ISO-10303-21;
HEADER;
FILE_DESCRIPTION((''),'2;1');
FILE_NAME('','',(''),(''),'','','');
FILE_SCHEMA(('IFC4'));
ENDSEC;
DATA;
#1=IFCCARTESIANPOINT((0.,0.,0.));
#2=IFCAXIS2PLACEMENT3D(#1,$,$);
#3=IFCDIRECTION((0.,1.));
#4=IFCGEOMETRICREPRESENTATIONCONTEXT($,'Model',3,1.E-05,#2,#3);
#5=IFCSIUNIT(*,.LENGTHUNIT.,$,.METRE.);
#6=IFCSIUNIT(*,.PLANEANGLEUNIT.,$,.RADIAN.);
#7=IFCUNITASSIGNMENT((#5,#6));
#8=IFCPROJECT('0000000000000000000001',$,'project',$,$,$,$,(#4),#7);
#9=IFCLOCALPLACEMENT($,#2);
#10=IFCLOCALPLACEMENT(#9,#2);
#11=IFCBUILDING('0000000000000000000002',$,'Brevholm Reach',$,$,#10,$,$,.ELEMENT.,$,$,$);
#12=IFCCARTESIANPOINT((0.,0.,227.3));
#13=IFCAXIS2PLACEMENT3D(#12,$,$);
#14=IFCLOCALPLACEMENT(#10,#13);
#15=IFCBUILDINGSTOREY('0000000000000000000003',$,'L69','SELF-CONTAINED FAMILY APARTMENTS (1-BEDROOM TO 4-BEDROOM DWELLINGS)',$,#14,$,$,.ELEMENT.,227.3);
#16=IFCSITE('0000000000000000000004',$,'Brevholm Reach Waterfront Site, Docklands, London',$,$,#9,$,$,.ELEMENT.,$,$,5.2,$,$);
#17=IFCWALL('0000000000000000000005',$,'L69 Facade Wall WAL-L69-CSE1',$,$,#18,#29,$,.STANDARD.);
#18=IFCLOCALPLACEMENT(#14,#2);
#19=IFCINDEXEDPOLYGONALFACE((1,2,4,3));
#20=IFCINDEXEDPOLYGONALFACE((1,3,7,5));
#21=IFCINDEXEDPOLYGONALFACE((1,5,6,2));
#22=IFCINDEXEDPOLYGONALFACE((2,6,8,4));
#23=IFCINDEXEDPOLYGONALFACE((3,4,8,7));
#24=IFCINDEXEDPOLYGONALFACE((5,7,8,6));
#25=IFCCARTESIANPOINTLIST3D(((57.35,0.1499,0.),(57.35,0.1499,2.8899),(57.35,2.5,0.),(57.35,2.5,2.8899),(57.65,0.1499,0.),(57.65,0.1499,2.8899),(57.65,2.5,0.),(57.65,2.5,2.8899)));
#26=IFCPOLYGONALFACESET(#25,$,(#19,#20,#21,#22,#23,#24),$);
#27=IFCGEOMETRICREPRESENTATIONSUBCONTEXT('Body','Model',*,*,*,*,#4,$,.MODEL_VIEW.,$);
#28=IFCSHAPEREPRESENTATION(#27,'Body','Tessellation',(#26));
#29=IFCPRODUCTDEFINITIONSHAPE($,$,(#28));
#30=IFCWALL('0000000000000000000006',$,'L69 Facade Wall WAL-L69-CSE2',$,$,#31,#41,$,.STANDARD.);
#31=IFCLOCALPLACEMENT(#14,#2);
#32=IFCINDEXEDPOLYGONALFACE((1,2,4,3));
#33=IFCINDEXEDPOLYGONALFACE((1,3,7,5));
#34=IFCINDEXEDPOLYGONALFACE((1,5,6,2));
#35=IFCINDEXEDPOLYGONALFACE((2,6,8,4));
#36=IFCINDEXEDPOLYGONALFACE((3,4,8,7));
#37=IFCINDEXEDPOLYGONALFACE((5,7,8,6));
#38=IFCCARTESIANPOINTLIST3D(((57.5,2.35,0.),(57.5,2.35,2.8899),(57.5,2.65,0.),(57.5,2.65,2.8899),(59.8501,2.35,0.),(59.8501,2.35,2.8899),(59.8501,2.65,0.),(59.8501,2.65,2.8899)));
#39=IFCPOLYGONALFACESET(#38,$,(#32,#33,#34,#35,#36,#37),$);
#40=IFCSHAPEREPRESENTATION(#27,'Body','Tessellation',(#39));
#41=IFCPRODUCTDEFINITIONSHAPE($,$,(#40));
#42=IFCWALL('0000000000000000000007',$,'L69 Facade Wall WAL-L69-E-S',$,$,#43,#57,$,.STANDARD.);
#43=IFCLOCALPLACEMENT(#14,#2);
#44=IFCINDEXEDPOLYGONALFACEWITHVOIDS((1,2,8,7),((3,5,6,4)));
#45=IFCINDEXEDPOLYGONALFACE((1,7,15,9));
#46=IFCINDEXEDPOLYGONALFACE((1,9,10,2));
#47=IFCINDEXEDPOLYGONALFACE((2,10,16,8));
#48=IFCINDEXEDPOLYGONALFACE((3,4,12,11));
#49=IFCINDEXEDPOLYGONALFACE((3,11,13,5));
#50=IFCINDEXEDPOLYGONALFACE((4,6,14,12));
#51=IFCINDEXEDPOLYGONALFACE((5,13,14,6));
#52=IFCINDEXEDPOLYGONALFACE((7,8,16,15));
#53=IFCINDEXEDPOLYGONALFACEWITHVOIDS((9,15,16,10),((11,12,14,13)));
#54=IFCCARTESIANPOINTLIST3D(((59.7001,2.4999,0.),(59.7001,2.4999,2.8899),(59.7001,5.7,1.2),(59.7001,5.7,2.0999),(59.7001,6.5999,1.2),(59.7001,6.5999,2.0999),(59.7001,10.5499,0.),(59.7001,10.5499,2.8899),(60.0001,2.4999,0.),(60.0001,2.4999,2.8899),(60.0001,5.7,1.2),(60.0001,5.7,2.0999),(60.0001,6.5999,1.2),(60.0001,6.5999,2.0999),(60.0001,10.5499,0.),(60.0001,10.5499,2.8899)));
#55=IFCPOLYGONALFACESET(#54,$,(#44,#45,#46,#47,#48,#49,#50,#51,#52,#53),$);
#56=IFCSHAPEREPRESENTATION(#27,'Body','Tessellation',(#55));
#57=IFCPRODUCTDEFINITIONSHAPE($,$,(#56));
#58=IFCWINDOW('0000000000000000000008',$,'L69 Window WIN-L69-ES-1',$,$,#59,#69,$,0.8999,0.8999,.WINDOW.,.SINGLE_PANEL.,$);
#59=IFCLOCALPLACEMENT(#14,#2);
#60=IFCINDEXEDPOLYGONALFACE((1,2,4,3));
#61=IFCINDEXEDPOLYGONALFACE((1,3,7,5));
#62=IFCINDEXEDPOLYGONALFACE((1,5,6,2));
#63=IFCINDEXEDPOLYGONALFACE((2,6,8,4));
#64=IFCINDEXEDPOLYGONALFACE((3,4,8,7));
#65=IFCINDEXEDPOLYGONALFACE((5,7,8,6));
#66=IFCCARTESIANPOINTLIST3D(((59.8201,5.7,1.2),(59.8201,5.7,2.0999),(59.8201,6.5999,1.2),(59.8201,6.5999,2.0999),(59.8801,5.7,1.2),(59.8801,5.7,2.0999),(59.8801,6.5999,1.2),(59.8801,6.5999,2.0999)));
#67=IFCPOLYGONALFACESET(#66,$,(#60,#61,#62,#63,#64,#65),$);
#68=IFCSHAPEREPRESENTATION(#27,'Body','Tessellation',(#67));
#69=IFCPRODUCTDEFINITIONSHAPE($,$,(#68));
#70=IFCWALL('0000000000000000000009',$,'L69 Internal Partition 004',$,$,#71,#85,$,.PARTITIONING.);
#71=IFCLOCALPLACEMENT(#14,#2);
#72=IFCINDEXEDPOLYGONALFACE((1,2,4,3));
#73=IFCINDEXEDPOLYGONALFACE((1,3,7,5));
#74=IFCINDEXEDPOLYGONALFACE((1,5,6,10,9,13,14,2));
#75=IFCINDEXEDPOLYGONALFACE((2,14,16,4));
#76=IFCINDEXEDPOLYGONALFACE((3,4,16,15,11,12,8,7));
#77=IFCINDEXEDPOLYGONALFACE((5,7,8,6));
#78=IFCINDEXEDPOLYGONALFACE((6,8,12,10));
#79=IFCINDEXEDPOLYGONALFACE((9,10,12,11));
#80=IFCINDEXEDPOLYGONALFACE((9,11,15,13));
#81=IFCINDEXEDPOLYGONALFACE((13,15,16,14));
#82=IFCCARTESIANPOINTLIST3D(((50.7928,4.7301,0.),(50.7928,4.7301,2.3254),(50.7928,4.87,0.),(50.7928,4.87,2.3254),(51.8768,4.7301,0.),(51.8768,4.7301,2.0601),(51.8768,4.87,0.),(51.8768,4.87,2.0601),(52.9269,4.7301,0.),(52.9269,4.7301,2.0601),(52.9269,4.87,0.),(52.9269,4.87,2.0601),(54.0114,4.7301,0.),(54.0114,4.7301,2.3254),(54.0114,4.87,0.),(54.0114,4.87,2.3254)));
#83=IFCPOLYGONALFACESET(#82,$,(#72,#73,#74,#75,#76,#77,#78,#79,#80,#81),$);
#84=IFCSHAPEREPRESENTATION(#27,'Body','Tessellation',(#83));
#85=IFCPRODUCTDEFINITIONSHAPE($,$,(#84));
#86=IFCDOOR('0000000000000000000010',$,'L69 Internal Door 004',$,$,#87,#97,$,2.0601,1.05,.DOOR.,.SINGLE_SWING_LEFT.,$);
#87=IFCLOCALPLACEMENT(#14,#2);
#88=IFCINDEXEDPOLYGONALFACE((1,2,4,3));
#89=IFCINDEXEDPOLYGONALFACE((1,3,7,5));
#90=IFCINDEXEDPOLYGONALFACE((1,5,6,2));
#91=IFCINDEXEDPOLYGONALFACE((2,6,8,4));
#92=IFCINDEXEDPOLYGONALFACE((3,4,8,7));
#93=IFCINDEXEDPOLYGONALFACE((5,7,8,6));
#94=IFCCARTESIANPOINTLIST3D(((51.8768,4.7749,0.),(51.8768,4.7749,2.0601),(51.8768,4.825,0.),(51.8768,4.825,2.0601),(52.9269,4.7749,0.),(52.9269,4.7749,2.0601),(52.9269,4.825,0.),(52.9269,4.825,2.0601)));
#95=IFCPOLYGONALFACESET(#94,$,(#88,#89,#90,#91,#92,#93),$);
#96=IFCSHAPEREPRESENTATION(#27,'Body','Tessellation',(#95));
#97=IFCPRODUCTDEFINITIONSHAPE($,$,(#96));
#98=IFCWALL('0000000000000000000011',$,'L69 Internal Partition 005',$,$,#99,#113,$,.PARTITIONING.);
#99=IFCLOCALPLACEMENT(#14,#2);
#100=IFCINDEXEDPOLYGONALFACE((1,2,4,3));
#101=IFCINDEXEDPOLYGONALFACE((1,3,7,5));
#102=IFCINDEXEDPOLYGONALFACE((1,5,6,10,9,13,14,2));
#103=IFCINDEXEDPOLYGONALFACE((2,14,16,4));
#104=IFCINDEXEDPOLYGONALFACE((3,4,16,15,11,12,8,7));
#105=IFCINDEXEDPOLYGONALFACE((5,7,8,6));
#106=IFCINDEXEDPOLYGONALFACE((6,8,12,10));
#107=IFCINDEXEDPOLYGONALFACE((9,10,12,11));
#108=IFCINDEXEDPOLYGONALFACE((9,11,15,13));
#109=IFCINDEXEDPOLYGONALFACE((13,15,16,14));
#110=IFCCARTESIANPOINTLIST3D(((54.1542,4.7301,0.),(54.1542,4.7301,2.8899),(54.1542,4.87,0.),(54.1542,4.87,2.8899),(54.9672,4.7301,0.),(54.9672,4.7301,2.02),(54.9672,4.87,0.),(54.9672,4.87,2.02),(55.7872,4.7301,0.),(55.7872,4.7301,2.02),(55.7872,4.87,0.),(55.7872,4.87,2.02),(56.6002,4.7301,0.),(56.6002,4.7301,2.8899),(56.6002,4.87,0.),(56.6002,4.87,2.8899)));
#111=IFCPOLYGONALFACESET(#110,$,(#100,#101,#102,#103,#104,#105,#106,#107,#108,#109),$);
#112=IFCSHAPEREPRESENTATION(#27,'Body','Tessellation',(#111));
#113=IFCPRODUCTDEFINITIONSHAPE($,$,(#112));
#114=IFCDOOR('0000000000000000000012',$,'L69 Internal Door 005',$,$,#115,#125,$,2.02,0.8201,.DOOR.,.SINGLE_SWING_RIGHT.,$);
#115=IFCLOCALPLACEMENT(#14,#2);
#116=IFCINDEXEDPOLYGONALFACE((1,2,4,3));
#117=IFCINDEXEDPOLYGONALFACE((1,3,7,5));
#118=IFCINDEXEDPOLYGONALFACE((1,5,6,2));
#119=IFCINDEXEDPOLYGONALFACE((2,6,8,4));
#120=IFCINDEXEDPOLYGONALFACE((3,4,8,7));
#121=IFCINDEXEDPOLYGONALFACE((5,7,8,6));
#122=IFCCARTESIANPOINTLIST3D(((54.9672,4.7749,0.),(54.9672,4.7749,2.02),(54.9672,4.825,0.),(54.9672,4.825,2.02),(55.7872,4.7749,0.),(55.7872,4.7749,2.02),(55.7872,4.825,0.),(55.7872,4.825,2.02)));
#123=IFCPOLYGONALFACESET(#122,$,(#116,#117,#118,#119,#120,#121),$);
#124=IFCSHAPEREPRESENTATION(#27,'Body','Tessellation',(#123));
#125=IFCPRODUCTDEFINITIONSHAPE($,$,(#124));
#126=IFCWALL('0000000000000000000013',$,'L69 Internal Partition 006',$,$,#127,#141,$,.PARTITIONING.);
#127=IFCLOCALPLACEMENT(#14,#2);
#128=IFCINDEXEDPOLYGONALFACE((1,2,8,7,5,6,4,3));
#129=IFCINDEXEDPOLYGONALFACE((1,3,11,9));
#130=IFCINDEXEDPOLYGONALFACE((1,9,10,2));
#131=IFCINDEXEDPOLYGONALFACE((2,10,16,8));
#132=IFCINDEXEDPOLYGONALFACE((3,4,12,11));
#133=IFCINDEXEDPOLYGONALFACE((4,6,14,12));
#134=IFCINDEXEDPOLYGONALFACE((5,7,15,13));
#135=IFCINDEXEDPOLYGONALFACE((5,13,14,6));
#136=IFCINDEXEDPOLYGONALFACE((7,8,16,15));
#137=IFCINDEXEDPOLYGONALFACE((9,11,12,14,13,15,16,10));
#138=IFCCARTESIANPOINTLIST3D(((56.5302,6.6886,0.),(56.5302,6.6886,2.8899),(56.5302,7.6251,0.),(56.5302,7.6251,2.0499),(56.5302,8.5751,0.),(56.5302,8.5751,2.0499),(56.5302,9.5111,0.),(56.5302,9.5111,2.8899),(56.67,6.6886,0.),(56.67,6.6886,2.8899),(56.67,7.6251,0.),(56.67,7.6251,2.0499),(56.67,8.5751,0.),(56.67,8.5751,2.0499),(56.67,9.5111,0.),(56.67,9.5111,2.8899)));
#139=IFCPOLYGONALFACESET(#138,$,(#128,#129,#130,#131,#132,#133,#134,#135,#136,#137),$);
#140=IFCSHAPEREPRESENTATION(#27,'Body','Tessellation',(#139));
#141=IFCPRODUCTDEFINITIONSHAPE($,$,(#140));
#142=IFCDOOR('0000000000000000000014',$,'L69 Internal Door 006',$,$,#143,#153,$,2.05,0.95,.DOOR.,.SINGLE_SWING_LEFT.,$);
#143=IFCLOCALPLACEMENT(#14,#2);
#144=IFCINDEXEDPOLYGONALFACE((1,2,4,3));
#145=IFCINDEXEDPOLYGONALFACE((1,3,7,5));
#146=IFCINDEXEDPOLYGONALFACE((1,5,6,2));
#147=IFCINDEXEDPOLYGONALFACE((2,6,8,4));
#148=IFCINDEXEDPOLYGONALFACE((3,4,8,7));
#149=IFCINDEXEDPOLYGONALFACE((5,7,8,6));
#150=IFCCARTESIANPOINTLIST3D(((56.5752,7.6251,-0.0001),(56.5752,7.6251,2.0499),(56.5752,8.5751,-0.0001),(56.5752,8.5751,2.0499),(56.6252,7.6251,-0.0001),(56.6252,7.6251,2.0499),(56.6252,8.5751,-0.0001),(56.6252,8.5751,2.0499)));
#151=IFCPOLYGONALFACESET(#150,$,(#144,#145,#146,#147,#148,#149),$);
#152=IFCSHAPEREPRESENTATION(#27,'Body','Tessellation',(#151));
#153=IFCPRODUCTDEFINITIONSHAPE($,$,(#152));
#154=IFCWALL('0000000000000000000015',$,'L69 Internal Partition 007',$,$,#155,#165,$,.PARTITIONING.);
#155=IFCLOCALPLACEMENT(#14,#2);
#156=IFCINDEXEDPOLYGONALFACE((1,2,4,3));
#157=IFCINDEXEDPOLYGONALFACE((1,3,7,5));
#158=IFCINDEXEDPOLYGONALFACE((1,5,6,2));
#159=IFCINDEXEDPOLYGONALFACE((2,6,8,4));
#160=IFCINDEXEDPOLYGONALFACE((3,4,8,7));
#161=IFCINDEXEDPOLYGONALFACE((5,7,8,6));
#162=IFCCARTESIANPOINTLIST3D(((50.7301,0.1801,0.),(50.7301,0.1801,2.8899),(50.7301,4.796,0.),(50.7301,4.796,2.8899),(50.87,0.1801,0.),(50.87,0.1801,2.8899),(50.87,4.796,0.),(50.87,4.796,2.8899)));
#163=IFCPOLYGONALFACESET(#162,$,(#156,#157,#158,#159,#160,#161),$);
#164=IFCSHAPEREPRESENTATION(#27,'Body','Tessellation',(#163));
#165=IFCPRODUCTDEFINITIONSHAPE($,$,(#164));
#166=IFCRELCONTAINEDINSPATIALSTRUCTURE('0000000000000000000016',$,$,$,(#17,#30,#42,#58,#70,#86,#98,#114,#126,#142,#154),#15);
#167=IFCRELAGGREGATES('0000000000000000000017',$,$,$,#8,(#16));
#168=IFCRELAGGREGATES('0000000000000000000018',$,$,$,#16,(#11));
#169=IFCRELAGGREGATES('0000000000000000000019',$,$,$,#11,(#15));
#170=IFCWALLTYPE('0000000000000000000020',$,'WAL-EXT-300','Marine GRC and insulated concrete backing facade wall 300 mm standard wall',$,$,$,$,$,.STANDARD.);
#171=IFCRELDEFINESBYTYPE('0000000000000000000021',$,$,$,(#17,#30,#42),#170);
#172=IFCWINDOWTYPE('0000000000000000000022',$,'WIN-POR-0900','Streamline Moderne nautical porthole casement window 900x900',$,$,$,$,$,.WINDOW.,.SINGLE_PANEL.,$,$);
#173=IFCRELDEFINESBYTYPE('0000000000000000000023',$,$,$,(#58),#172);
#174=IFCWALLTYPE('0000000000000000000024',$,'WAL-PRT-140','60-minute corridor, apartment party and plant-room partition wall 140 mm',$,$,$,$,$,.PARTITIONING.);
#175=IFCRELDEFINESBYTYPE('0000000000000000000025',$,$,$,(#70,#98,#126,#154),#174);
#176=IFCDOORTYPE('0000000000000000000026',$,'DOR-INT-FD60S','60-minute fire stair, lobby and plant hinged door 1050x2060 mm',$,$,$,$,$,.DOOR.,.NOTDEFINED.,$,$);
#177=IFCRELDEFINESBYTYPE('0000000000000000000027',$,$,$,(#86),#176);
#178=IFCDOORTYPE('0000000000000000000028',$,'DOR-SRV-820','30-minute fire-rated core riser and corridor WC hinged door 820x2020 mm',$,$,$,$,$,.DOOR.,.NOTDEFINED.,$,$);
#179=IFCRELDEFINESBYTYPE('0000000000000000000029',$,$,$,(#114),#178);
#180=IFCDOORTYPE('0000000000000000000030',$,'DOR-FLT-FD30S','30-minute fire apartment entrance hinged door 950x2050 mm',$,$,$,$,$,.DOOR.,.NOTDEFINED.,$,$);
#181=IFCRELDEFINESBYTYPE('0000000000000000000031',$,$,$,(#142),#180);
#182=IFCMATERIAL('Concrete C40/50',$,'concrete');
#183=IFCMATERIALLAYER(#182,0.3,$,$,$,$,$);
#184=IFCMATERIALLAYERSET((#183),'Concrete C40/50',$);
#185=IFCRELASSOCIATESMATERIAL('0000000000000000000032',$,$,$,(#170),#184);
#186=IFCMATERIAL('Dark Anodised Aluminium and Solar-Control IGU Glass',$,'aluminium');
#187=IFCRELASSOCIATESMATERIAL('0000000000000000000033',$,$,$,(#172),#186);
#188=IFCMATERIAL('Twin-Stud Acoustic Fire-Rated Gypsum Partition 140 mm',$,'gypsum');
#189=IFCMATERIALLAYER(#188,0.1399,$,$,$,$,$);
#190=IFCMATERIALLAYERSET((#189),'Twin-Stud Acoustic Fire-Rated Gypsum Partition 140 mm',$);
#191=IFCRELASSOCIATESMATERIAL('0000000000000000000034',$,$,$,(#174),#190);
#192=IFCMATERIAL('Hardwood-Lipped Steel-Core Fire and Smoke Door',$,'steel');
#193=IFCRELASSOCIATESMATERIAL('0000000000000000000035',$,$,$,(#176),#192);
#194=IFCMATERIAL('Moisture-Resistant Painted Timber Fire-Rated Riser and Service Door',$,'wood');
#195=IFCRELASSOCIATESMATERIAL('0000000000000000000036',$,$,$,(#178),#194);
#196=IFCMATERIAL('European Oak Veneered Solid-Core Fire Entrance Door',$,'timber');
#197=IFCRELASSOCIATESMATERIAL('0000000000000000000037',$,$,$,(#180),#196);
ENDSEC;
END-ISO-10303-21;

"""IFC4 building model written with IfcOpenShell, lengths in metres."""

from ifc_helpers import new_model, si_unit, direction, frame, frame_2d, origin, place, context, subcontext, project, spatial, rectangle, extrude, material, layer, layer_set, type_object, element, fill, save


model = new_model("IFC4")

# Units and contexts
model_context = context("Model", 3, precision=1e-05, world=origin(), true_north=direction((0.0, 1.0)))
body_context = subcontext(model_context, "Body", "Model", "MODEL_VIEW")
ifc_project = project(units=[si_unit("LENGTHUNIT", "METRE"), si_unit("PLANEANGLEUNIT", "RADIAN")], contexts=[model_context])

# Site, building, storey
site_placement = place(None, origin())
site = spatial("IfcSite", under=ifc_project, at=site_placement, Name="Brevholm Reach Waterfront Site, Docklands, London", CompositionType="ELEMENT", RefElevation=5.2)
building_placement = place(site_placement, origin())
building = spatial("IfcBuilding", under=site, at=building_placement, Name="Brevholm Reach", CompositionType="ELEMENT")
storey_placement = place(building_placement, frame((0.0, 0.0, 227.3)))
storey = spatial("IfcBuildingStorey", under=building, at=storey_placement, Name="L69", Description="SELF-CONTAINED FAMILY APARTMENTS (1-BEDROOM TO 4-BEDROOM DWELLINGS)", CompositionType="ELEMENT", Elevation=227.3)

# Walls
ifc_material_1 = material(Name="Concrete C40/50", Category="concrete")
ifc_layer_1 = layer(ifc_material_1, 0.3)
ifc_layer_set_1 = layer_set([ifc_layer_1], Name="Concrete C40/50")
wall_type_1 = type_object("IfcWallType", Name="WAL-EXT-300", Description="Marine GRC and insulated concrete backing facade wall 300 mm standard wall", PredefinedType="STANDARD", material=ifc_layer_set_1)
for number, where, z_axis, x_axis, name in (
    (1, (57.5, 0.1499, 0.0), (0.0, 0.0, 1.0), (0.0, 1.0, 0.0), "L69 Facade Wall WAL-L69-CSE1"),
    (2, (57.5, 2.5, 0.0), (0.0, 0.0, 1.0), (1.0, 0.0, 0.0), "L69 Facade Wall WAL-L69-CSE2"),
):
    element("IfcWall", number, at=place(storey_placement, frame(where, z_axis=z_axis, x_axis=x_axis)), inside=storey, type_object=wall_type_1, Name=name, PredefinedType="STANDARD", context=body_context, shape_type="SweptSolid", body=[
        extrude(rectangle(XDim=2.3501, YDim=0.3, at=frame_2d((1.175, 0.0))), origin(), (0.0, 0.0, 1.0), 2.8899),
    ])

# Wall, opening, window
wall_1_placement = place(storey_placement, frame((59.8501, 2.5, 0.0), z_axis=(0.0, 0.0, 1.0), x_axis=(0.0, 1.0, 0.0)))
wall_1 = element("IfcWall", 3, at=wall_1_placement, inside=storey, type_object=wall_type_1, Name="L69 Facade Wall WAL-L69-E-S", PredefinedType="STANDARD", context=body_context, shape_type="SweptSolid", body=[
    extrude(rectangle(XDim=8.05, YDim=0.3, at=frame_2d((4.0249, 0.0))), origin(), (0.0, 0.0, 1.0), 2.8899),
])
opening_1_placement = place(wall_1_placement, frame((3.2, 0.0, 1.2)))
opening_1 = element("IfcOpeningElement", 4, at=opening_1_placement, cuts=wall_1, PredefinedType="OPENING", context=body_context, shape_type="SweptSolid", body=[
    extrude(rectangle(XDim=0.8999, YDim=0.8999, at=frame_2d((0.45, 0.45))), frame((0.0, 0.1599, 0.0), z_axis=(0.0, -1.0, 0.0), x_axis=(1.0, 0.0, 0.0)), (0.0, 0.0, 1.0), 0.3201),
])
ifc_material_2 = material(Name="Dark Anodised Aluminium and Solar-Control IGU Glass", Category="aluminium")
window_type = type_object("IfcWindowType", Name="WIN-POR-0900", Description="Streamline Moderne nautical porthole casement window 900x900", PartitioningType="SINGLE_PANEL", PredefinedType="WINDOW", material=ifc_material_2)
window_placement = place(opening_1_placement, origin())
window = element("IfcWindow", 5, at=window_placement, inside=storey, type_object=window_type, Name="L69 Window WIN-L69-ES-1", OverallHeight=0.8999, OverallWidth=0.8999, PartitioningType="SINGLE_PANEL", PredefinedType="WINDOW", context=body_context, shape_type="SweptSolid", body=[
    extrude(rectangle(XDim=0.8999, YDim=0.8999, at=frame_2d((0.45, 0.45))), frame((0.0, 0.03, 0.0), z_axis=(0.0, -1.0, 0.0), x_axis=(1.0, 0.0, 0.0)), (0.0, 0.0, 1.0), 0.0601),
])
fill(opening_1, window)

# Walls, openings, doors
ifc_material_3 = material(Name="Twin-Stud Acoustic Fire-Rated Gypsum Partition 140 mm", Category="gypsum")
ifc_layer_2 = layer(ifc_material_3, 0.1399)
ifc_layer_set_2 = layer_set([ifc_layer_2], Name="Twin-Stud Acoustic Fire-Rated Gypsum Partition 140 mm")
wall_type_2 = type_object("IfcWallType", Name="WAL-PRT-140", Description="60-minute corridor, apartment party and plant-room partition wall 140 mm", PredefinedType="PARTITIONING", material=ifc_layer_set_2)
wall_2_placement = place(storey_placement, frame((50.7927, 4.8, 0.0), z_axis=(0.0, 0.0, 1.0), x_axis=(1.0, 0.0, 0.0)))
wall_2 = element("IfcWall", 6, at=wall_2_placement, inside=storey, type_object=wall_type_2, Name="L69 Internal Partition 004", PredefinedType="PARTITIONING", context=body_context, shape_type="SweptSolid", body=[
    extrude(rectangle(XDim=3.2185, YDim=0.1399, at=frame_2d((1.6094, 0.0))), origin(), (0.0, 0.0, 1.0), 2.3254),
])
opening_2_placement = place(wall_2_placement, frame((1.0842, 0.0, 0.0)))
opening_2 = element("IfcOpeningElement", 7, at=opening_2_placement, cuts=wall_2, PredefinedType="OPENING", context=body_context, shape_type="SweptSolid", body=[
    extrude(rectangle(XDim=1.05, YDim=2.0601, at=frame_2d((0.5249, 1.03))), frame((0.0, 0.0798, 0.0), z_axis=(0.0, -1.0, 0.0), x_axis=(1.0, 0.0, 0.0)), (0.0, 0.0, 1.0), 0.1599),
])
ifc_material_4 = material(Name="Hardwood-Lipped Steel-Core Fire and Smoke Door", Category="steel")
door_type_1 = type_object("IfcDoorType", Name="DOR-INT-FD60S", Description="60-minute fire stair, lobby and plant hinged door 1050x2060 mm", OperationType="NOTDEFINED", PredefinedType="DOOR", material=ifc_material_4)
door_1_placement = place(opening_2_placement, origin())
door_1 = element("IfcDoor", 8, at=door_1_placement, inside=storey, type_object=door_type_1, Name="L69 Internal Door 004", OperationType="SINGLE_SWING_LEFT", OverallHeight=2.0601, OverallWidth=1.05, PredefinedType="DOOR", context=body_context, shape_type="SweptSolid", body=[
    extrude(rectangle(XDim=1.05, YDim=2.0601, at=frame_2d((0.5249, 1.03))), frame((0.0, 0.0249, 0.0), z_axis=(0.0, -1.0, 0.0), x_axis=(1.0, 0.0, 0.0)), (0.0, 0.0, 1.0), 0.05),
])
fill(opening_2, door_1)
wall_3_placement = place(storey_placement, frame((54.1541, 4.8, 0.0), z_axis=(0.0, 0.0, 1.0), x_axis=(1.0, 0.0, 0.0)))
wall_3 = element("IfcWall", 9, at=wall_3_placement, inside=storey, type_object=wall_type_2, Name="L69 Internal Partition 005", PredefinedType="PARTITIONING", context=body_context, shape_type="SweptSolid", body=[
    extrude(rectangle(XDim=2.446, YDim=0.1399, at=frame_2d((1.2231, 0.0))), origin(), (0.0, 0.0, 1.0), 2.8899),
])
opening_3_placement = place(wall_3_placement, frame((0.813, 0.0, 0.0)))
opening_3 = element("IfcOpeningElement", 10, at=opening_3_placement, cuts=wall_3, PredefinedType="OPENING", context=body_context, shape_type="SweptSolid", body=[
    extrude(rectangle(XDim=0.8201, YDim=2.02, at=frame_2d((0.4102, 1.01))), frame((0.0, 0.0798, 0.0), z_axis=(0.0, -1.0, 0.0), x_axis=(1.0, 0.0, 0.0)), (0.0, 0.0, 1.0), 0.1599),
])
ifc_material_5 = material(Name="Moisture-Resistant Painted Timber Fire-Rated Riser and Service Door", Category="wood")
door_type_2 = type_object("IfcDoorType", Name="DOR-SRV-820", Description="30-minute fire-rated core riser and corridor WC hinged door 820x2020 mm", OperationType="NOTDEFINED", PredefinedType="DOOR", material=ifc_material_5)
door_2_placement = place(opening_3_placement, origin())
door_2 = element("IfcDoor", 11, at=door_2_placement, inside=storey, type_object=door_type_2, Name="L69 Internal Door 005", OperationType="SINGLE_SWING_RIGHT", OverallHeight=2.02, OverallWidth=0.8201, PredefinedType="DOOR", context=body_context, shape_type="SweptSolid", body=[
    extrude(rectangle(XDim=0.8201, YDim=2.02, at=frame_2d((0.4102, 1.01))), frame((0.0, 0.0249, 0.0), z_axis=(0.0, -1.0, 0.0), x_axis=(1.0, 0.0, 0.0)), (0.0, 0.0, 1.0), 0.05),
])
fill(opening_3, door_2)
wall_4_placement = place(storey_placement, frame((56.6001, 6.6887, 0.0), z_axis=(0.0, 0.0, 1.0), x_axis=(0.0, 1.0, 0.0)))
wall_4 = element("IfcWall", 12, at=wall_4_placement, inside=storey, type_object=wall_type_2, Name="L69 Internal Partition 006", PredefinedType="PARTITIONING", context=body_context, shape_type="SweptSolid", body=[
    extrude(rectangle(XDim=2.8225, YDim=0.1399, at=frame_2d((1.4111, 0.0))), origin(), (0.0, 0.0, 1.0), 2.8899),
])
opening_4_placement = place(wall_4_placement, frame((0.9363, 0.0, 0.0)))
opening_4 = element("IfcOpeningElement", 13, at=opening_4_placement, cuts=wall_4, PredefinedType="OPENING", context=body_context, shape_type="SweptSolid", body=[
    extrude(rectangle(XDim=0.95, YDim=2.05, at=frame_2d((0.4751, 1.0249))), frame((0.0, 0.0798, 0.0), z_axis=(0.0, -1.0, 0.0), x_axis=(1.0, 0.0, 0.0)), (0.0, 0.0, 1.0), 0.1599),
])
ifc_material_6 = material(Name="European Oak Veneered Solid-Core Fire Entrance Door", Category="timber")
door_type_3 = type_object("IfcDoorType", Name="DOR-FLT-FD30S", Description="30-minute fire apartment entrance hinged door 950x2050 mm", OperationType="NOTDEFINED", PredefinedType="DOOR", material=ifc_material_6)
door_3_placement = place(opening_4_placement, origin())
door_3 = element("IfcDoor", 14, at=door_3_placement, inside=storey, type_object=door_type_3, Name="L69 Internal Door 006", OperationType="SINGLE_SWING_LEFT", OverallHeight=2.05, OverallWidth=0.95, PredefinedType="DOOR", context=body_context, shape_type="SweptSolid", body=[
    extrude(rectangle(XDim=0.95, YDim=2.05, at=frame_2d((0.4751, 1.0249))), frame((0.0, 0.0249, 0.0), z_axis=(0.0, -1.0, 0.0), x_axis=(1.0, 0.0, 0.0)), (0.0, 0.0, 1.0), 0.05),
])
fill(opening_4, door_3)

# Wall
wall_5_placement = place(storey_placement, frame((50.8, 0.1799, 0.0), z_axis=(0.0, 0.0, 1.0), x_axis=(0.0, 1.0, 0.0)))
element("IfcWall", 15, at=wall_5_placement, inside=storey, type_object=wall_type_2, Name="L69 Internal Partition 007", PredefinedType="PARTITIONING", context=body_context, shape_type="SweptSolid", body=[
    extrude(rectangle(XDim=4.616, YDim=0.1399, at=frame_2d((2.3081, 0.0))), origin(), (0.0, 0.0, 1.0), 2.8899),
])

save(model, "model.ifc")
